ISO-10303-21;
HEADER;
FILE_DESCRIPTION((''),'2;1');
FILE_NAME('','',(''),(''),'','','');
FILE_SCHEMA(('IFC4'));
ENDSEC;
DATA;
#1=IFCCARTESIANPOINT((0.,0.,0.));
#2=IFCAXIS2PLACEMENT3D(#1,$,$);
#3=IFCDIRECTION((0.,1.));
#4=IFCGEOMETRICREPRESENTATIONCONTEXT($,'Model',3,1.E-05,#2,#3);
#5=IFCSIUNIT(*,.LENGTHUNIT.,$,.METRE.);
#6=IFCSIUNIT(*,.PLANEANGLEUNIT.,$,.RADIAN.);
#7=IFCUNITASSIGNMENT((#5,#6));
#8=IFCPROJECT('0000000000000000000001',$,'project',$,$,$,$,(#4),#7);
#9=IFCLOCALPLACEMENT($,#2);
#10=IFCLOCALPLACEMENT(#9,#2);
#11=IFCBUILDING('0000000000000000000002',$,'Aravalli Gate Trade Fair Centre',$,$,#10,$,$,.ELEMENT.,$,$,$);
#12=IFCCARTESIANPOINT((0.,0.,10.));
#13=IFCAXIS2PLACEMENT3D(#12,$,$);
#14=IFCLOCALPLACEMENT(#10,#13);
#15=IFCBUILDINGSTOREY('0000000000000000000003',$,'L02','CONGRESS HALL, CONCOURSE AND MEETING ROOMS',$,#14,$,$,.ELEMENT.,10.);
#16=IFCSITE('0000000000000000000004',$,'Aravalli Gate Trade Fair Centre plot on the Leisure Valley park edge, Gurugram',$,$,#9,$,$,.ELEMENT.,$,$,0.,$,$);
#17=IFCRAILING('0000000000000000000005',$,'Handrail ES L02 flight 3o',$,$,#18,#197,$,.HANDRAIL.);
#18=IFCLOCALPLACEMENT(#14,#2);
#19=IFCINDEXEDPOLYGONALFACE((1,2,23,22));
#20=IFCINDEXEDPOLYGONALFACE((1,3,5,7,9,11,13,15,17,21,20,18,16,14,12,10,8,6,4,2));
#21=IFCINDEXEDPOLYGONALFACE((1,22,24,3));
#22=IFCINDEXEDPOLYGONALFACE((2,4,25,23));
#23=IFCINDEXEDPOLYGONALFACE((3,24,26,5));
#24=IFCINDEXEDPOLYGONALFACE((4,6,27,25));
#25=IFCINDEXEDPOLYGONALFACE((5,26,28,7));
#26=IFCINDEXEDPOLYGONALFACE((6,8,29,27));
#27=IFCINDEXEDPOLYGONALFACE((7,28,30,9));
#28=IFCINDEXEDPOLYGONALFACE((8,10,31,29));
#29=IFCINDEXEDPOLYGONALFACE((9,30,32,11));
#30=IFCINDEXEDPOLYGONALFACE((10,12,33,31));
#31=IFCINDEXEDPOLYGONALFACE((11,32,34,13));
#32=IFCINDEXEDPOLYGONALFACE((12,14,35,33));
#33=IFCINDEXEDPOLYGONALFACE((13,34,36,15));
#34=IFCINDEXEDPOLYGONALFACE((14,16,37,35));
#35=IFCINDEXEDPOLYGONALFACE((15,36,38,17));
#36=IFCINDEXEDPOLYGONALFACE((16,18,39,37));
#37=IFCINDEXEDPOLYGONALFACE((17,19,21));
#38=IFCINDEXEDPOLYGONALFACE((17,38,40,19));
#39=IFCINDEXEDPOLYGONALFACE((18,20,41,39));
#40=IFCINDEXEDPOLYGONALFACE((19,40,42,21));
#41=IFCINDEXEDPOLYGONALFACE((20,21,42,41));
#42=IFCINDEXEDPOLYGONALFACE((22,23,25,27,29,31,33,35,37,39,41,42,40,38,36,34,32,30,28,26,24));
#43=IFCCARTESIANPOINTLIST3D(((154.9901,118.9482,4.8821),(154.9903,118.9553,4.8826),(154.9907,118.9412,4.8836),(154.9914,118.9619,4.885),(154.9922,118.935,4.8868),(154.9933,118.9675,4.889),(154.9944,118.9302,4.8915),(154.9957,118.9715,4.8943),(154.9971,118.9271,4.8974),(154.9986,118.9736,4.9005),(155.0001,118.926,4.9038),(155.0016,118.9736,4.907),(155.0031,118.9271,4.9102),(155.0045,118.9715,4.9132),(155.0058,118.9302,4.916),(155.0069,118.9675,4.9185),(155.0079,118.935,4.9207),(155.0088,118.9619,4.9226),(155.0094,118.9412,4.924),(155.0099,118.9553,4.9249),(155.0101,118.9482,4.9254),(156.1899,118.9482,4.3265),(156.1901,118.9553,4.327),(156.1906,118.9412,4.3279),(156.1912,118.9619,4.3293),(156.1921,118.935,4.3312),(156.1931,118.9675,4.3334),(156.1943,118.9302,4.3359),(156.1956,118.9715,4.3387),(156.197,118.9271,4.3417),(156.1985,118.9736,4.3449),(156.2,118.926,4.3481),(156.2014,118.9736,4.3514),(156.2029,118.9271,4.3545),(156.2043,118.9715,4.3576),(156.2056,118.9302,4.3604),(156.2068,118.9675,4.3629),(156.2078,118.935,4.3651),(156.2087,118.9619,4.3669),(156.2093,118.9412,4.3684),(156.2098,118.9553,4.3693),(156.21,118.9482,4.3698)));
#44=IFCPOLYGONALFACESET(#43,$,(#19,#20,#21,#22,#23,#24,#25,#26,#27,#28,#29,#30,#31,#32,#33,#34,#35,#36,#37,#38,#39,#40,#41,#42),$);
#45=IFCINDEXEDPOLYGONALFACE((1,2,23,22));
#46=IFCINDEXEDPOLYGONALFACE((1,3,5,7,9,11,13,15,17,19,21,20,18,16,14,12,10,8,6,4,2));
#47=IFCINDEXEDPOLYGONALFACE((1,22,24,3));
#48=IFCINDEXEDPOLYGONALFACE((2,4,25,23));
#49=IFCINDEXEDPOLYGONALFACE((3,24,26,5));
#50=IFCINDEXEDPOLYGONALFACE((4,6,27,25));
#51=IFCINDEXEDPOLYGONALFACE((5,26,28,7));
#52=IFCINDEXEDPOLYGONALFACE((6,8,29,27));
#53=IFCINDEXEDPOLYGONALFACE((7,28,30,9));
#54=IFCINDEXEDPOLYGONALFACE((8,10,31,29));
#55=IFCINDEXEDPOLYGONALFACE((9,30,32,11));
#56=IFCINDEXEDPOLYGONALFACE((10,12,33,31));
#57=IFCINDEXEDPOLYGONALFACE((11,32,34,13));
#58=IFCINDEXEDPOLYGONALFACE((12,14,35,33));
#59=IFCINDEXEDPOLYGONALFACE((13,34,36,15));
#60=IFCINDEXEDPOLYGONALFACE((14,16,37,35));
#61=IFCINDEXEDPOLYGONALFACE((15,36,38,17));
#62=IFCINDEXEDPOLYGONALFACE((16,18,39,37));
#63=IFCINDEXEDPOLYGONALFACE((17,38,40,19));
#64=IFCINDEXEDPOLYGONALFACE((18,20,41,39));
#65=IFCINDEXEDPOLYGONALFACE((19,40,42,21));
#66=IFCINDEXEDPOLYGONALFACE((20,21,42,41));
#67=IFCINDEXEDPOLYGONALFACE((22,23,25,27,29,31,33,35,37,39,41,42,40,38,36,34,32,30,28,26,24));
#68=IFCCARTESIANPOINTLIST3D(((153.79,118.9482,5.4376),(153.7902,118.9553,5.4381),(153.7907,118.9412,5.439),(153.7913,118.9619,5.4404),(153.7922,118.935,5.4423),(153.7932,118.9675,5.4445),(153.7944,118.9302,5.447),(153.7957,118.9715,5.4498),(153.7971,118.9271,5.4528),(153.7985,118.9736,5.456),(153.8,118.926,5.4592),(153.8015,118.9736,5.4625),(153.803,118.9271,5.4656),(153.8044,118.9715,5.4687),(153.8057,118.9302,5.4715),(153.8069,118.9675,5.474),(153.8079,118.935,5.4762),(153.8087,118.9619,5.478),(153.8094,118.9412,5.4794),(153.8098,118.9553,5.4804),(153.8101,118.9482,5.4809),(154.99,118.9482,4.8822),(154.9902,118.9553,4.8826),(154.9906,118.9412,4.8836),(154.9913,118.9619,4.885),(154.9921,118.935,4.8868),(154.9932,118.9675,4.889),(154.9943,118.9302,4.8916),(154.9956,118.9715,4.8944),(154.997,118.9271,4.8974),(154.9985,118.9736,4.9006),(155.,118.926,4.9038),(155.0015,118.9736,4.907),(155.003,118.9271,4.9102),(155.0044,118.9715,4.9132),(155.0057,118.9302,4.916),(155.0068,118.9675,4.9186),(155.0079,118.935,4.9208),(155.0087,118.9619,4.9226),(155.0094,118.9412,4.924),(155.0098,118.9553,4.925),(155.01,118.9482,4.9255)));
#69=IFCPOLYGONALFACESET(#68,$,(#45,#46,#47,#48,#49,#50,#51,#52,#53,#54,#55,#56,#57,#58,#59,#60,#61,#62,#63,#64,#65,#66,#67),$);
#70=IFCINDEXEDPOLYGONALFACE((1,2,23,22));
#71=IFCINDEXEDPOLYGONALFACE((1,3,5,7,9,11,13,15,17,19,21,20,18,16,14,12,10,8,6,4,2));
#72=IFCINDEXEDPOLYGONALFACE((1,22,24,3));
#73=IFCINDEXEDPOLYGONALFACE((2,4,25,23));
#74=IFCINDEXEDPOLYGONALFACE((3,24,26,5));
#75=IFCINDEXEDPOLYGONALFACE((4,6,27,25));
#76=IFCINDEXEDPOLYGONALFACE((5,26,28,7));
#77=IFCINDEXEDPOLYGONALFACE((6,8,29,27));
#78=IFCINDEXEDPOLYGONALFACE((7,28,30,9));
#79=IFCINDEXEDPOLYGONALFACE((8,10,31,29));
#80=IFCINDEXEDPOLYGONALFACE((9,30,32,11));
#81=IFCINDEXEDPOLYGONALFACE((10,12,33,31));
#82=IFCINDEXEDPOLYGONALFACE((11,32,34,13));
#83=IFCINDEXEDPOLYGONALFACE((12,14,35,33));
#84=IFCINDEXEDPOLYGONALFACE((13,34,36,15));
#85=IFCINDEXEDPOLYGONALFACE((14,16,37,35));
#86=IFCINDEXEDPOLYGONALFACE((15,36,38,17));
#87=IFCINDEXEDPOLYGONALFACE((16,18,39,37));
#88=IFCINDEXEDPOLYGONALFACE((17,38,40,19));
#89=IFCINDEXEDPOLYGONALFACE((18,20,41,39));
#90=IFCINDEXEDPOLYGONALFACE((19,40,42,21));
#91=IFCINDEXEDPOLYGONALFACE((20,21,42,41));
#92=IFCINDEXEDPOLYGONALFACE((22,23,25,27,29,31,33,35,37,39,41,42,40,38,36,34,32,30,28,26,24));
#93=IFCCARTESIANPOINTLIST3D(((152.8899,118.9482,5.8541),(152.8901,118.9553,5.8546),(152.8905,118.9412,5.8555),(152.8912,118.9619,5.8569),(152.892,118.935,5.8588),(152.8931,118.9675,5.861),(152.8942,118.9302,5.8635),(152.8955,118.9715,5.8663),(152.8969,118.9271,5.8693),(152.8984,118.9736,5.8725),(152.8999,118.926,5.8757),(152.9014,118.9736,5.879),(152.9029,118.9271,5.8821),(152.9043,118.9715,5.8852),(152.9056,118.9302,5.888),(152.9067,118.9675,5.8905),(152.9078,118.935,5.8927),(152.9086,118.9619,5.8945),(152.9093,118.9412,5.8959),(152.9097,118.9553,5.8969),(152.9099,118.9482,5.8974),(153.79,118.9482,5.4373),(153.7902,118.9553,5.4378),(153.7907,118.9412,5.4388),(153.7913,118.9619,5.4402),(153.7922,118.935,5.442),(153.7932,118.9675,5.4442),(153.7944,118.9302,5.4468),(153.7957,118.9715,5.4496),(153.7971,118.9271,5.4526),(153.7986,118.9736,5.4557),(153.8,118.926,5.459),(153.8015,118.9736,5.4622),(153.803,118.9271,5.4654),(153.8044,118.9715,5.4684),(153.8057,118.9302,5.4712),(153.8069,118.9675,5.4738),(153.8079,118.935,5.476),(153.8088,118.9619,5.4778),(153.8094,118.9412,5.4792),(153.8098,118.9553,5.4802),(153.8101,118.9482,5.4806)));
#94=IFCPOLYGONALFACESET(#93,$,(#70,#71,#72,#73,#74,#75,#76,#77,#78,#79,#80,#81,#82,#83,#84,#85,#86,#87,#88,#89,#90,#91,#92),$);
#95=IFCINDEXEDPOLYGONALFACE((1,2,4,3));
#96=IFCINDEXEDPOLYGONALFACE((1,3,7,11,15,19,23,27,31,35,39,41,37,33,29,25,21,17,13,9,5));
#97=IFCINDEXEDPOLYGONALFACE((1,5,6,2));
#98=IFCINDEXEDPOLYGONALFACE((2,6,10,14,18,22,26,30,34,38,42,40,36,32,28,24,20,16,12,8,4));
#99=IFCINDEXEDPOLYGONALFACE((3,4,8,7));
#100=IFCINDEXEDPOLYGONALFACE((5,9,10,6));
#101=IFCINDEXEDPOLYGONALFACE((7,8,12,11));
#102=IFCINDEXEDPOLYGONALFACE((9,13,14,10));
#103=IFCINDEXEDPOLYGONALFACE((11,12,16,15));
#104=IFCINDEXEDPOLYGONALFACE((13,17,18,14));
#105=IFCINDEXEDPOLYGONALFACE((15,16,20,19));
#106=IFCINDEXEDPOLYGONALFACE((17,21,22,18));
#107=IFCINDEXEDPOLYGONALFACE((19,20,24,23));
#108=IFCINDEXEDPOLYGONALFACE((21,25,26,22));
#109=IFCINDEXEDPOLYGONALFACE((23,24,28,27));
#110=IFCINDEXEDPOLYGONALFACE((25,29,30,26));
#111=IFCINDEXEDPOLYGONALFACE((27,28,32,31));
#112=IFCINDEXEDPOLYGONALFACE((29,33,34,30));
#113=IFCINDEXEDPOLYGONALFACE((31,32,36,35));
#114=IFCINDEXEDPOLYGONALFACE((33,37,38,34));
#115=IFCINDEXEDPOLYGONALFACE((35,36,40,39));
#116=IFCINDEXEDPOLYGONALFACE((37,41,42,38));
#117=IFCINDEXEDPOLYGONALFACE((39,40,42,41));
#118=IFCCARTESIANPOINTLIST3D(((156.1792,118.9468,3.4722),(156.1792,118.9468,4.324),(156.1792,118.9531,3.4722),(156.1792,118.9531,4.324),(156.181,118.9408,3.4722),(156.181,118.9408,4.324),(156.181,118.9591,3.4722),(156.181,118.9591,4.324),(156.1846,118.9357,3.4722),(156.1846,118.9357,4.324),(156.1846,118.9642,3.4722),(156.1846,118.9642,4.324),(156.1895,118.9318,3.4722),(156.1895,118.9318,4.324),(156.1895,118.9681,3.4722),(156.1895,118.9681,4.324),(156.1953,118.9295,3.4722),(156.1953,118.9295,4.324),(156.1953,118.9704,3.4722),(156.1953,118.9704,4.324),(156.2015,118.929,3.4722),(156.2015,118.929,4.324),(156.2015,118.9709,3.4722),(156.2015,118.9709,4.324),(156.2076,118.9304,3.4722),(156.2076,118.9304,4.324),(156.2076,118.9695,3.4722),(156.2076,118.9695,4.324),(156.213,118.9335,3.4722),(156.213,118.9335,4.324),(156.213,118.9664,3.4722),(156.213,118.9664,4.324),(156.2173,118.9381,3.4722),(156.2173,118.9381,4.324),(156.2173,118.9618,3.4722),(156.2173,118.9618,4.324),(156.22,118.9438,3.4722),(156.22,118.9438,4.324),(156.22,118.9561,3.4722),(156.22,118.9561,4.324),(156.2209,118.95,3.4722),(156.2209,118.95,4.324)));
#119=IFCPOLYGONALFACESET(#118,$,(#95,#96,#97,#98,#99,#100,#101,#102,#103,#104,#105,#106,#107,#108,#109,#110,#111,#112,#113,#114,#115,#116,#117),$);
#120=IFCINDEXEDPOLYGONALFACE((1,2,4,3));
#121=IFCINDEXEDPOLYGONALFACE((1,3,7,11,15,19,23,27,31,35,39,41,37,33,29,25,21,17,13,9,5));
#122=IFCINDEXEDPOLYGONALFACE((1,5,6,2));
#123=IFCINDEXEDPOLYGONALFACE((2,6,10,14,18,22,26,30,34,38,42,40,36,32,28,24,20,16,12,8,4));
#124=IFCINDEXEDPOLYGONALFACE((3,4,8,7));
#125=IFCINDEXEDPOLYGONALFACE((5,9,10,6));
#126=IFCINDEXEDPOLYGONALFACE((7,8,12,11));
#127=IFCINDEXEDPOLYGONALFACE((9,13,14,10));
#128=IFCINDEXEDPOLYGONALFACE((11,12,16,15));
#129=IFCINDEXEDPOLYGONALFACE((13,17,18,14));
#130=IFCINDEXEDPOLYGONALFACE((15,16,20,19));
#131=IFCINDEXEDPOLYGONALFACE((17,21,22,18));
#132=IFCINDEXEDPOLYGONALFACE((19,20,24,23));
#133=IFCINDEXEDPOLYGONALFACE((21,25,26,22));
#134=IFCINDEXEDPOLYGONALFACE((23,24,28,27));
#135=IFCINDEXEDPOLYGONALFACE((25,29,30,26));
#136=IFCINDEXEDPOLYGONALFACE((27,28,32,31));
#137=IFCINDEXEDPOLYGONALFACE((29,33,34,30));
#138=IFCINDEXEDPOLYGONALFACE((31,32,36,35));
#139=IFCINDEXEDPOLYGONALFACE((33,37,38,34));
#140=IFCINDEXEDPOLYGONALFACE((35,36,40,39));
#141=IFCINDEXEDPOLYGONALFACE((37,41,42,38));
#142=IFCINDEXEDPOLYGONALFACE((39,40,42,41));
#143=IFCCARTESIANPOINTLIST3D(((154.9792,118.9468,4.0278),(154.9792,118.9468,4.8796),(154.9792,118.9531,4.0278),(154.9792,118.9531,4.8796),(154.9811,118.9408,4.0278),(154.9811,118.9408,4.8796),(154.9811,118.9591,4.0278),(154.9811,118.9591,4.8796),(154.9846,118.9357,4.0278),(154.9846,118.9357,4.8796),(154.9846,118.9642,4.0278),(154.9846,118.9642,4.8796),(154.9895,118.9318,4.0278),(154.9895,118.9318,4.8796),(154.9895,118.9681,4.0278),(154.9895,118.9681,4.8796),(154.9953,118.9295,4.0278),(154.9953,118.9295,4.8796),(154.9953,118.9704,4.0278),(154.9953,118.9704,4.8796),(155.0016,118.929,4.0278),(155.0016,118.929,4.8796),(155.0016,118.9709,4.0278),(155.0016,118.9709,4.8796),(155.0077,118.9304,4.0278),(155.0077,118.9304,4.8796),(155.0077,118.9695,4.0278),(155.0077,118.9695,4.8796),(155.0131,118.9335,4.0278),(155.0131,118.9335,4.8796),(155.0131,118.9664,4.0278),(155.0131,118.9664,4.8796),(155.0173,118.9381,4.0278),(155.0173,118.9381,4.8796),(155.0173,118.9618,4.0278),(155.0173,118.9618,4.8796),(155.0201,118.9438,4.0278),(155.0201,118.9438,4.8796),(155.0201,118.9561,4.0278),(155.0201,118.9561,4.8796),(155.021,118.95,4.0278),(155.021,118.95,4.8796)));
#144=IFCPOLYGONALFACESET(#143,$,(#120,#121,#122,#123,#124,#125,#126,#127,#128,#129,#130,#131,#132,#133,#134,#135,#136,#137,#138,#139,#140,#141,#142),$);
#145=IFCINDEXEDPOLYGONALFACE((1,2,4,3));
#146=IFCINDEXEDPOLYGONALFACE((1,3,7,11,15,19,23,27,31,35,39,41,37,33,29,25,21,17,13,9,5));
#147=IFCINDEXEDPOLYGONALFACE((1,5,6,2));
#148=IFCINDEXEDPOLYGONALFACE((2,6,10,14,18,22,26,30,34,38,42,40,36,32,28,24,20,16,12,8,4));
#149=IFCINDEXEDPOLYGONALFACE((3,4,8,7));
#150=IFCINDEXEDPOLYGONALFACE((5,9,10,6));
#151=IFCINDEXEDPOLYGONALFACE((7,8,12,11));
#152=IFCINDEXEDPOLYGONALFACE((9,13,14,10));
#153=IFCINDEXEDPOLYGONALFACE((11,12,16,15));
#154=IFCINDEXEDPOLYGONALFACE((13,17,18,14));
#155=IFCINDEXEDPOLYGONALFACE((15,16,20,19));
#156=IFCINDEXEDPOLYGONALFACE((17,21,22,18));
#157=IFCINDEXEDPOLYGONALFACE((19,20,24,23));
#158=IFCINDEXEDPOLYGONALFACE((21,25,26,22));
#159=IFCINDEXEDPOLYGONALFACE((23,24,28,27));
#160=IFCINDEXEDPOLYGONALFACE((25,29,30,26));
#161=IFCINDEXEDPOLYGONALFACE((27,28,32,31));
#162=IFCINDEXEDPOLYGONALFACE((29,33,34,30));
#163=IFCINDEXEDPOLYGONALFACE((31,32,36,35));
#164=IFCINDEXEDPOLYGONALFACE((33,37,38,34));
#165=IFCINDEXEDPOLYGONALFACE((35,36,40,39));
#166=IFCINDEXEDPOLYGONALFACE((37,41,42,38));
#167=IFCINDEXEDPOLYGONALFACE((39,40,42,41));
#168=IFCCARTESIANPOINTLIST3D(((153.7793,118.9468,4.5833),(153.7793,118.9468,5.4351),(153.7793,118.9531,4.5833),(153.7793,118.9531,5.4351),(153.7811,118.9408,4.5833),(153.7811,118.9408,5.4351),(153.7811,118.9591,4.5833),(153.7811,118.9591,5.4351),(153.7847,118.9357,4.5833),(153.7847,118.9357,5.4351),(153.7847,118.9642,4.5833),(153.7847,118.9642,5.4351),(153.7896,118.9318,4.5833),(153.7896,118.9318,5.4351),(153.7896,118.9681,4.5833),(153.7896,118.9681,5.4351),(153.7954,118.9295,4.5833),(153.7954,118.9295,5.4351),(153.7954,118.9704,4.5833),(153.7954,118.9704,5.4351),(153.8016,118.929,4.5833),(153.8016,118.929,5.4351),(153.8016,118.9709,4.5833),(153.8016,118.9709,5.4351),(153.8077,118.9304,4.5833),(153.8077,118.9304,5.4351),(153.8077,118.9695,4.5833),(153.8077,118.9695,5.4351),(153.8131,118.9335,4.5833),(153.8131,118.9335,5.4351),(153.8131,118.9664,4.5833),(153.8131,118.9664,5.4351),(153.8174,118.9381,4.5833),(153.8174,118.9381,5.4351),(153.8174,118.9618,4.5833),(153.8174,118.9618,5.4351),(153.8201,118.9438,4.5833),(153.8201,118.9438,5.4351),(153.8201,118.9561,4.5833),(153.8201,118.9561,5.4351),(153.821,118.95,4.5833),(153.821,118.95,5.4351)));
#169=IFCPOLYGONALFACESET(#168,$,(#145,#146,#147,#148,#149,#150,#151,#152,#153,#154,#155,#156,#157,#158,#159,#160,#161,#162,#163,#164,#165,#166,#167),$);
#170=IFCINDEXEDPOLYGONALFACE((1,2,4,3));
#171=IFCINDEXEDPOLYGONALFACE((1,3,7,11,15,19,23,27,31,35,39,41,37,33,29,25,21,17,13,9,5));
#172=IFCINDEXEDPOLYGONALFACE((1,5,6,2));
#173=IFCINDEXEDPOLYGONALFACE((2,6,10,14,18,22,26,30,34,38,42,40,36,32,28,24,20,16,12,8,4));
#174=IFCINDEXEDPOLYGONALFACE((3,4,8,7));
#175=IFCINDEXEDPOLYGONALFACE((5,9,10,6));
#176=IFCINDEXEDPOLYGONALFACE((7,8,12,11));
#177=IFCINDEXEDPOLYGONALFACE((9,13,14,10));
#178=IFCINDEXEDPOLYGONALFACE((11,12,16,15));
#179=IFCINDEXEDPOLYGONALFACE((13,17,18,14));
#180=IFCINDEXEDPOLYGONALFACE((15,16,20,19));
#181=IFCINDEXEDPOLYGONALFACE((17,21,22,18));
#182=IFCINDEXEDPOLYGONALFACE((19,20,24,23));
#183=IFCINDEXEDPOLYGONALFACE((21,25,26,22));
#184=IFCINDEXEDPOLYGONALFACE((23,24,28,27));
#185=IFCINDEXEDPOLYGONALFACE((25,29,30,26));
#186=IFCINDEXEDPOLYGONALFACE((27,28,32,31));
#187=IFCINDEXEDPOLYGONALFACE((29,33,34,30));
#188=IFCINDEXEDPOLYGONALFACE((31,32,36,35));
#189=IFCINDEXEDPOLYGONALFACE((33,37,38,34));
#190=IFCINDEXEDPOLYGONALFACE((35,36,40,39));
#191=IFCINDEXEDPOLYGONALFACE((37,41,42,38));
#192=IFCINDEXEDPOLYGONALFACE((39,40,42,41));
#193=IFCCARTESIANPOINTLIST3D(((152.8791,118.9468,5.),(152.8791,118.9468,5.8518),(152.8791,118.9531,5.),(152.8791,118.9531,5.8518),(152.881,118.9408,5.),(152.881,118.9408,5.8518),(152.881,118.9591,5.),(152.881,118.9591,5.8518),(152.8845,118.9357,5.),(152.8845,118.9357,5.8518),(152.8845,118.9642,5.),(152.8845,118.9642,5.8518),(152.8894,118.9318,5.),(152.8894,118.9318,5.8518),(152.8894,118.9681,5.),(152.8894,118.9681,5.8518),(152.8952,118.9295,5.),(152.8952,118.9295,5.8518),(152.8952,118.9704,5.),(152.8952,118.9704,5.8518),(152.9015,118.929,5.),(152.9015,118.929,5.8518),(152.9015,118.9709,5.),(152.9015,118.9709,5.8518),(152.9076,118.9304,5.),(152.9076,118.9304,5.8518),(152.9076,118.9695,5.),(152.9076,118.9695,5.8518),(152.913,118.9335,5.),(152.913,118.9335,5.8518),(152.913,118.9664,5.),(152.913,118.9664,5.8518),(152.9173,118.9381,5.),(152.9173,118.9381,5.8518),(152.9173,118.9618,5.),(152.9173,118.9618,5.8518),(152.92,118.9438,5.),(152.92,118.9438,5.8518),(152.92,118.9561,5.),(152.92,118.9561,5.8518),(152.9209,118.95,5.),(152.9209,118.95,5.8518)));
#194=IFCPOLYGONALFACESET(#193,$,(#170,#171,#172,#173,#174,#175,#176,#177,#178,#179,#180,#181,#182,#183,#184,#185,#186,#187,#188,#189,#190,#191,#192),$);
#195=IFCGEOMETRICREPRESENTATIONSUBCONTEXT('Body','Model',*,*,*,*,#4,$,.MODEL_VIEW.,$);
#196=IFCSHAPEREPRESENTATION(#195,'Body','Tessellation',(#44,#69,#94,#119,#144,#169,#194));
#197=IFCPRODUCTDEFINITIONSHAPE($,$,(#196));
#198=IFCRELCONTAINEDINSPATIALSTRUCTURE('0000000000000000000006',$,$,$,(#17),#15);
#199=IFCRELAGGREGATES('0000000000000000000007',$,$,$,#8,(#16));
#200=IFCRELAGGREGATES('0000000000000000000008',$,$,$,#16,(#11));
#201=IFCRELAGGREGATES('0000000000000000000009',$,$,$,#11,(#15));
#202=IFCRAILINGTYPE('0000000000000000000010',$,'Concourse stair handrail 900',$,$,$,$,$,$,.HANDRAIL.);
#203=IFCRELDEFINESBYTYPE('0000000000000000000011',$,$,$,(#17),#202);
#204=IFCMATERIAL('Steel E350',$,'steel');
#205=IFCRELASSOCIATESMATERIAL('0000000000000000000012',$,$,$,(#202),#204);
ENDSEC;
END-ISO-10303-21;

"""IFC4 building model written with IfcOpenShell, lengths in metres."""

from ifc_helpers import new_model, si_unit, direction, frame, origin, origin_2d, place, context, subcontext, project, spatial, circle, extrude, material, type_object, element, save


model = new_model("IFC4")

# Units and contexts
model_context = context("Model", 3, precision=1e-05, world=origin(), true_north=direction((0.0, 1.0)))
body_context = subcontext(model_context, "Body", "Model", "MODEL_VIEW")
ifc_project = project(units=[si_unit("LENGTHUNIT", "METRE"), si_unit("PLANEANGLEUNIT", "RADIAN")], contexts=[model_context])

# Site, building, storey
site_placement = place(None, origin())
site = spatial("IfcSite", under=ifc_project, at=site_placement, Name="Aravalli Gate Trade Fair Centre plot on the Leisure Valley park edge, Gurugram", CompositionType="ELEMENT", RefElevation=0.0)
building_placement = place(site_placement, origin())
building = spatial("IfcBuilding", under=site, at=building_placement, Name="Aravalli Gate Trade Fair Centre", CompositionType="ELEMENT")
storey_placement = place(building_placement, frame((0.0, 0.0, 10.0)))
storey = spatial("IfcBuildingStorey", under=building, at=storey_placement, Name="L02", Description="CONGRESS HALL, CONCOURSE AND MEETING ROOMS", CompositionType="ELEMENT", Elevation=10.0)

# Shared definitions
ifc_material_1 = material(Name="Steel E350", Category="steel")

# Railing
railing_type_1 = type_object("IfcRailingType", Name="Concourse stair handrail 900", PredefinedType="HANDRAIL", material=ifc_material_1)
for number, where, name in (
    (1, (156.2, 118.95, 3.4722), "Handrail ES L02 flight 3o"),
):
    element("IfcRailing", number, at=place(storey_placement, frame(where)), inside=storey, type_object=railing_type_1, Name=name, PredefinedType="HANDRAIL", context=body_context, shape_type="SweptSolid", body=[
        extrude(circle(Radius=0.0239, at=origin_2d()), frame((0.0, 0.0, 0.876), z_axis=(-0.907429, 0.0, 0.420205), x_axis=(0.0, -1.0, 0.0)), (0.0, 0.0, 1.0), 1.3223),
        extrude(circle(Radius=0.0239, at=origin_2d()), frame((-1.2, 0.0, 1.4316), z_axis=(-0.907499, 0.0, 0.420053), x_axis=(0.0, -1.0, 0.0)), (0.0, 0.0, 1.0), 1.3223),
        extrude(circle(Radius=0.0239, at=origin_2d()), frame((-2.3999, 0.0, 1.9868), z_axis=(-0.907462, 0.0, 0.420135), x_axis=(0.0, -1.0, 0.0)), (0.0, 0.0, 1.0), 0.9919),
        extrude(circle(Radius=0.021, at=origin_2d()), origin(), (0.0, 0.0, 1.0), 0.8518),
        extrude(circle(Radius=0.021, at=origin_2d()), frame((-1.2, 0.0, 0.5557)), (0.0, 0.0, 1.0), 0.8518),
        extrude(circle(Radius=0.021, at=origin_2d()), frame((-2.3999, 0.0, 1.1111)), (0.0, 0.0, 1.0), 0.8518),
        extrude(circle(Radius=0.021, at=origin_2d()), frame((-3.3, 0.0, 1.5278)), (0.0, 0.0, 1.0), 0.8518),
    ])

save(model, "model.ifc")
